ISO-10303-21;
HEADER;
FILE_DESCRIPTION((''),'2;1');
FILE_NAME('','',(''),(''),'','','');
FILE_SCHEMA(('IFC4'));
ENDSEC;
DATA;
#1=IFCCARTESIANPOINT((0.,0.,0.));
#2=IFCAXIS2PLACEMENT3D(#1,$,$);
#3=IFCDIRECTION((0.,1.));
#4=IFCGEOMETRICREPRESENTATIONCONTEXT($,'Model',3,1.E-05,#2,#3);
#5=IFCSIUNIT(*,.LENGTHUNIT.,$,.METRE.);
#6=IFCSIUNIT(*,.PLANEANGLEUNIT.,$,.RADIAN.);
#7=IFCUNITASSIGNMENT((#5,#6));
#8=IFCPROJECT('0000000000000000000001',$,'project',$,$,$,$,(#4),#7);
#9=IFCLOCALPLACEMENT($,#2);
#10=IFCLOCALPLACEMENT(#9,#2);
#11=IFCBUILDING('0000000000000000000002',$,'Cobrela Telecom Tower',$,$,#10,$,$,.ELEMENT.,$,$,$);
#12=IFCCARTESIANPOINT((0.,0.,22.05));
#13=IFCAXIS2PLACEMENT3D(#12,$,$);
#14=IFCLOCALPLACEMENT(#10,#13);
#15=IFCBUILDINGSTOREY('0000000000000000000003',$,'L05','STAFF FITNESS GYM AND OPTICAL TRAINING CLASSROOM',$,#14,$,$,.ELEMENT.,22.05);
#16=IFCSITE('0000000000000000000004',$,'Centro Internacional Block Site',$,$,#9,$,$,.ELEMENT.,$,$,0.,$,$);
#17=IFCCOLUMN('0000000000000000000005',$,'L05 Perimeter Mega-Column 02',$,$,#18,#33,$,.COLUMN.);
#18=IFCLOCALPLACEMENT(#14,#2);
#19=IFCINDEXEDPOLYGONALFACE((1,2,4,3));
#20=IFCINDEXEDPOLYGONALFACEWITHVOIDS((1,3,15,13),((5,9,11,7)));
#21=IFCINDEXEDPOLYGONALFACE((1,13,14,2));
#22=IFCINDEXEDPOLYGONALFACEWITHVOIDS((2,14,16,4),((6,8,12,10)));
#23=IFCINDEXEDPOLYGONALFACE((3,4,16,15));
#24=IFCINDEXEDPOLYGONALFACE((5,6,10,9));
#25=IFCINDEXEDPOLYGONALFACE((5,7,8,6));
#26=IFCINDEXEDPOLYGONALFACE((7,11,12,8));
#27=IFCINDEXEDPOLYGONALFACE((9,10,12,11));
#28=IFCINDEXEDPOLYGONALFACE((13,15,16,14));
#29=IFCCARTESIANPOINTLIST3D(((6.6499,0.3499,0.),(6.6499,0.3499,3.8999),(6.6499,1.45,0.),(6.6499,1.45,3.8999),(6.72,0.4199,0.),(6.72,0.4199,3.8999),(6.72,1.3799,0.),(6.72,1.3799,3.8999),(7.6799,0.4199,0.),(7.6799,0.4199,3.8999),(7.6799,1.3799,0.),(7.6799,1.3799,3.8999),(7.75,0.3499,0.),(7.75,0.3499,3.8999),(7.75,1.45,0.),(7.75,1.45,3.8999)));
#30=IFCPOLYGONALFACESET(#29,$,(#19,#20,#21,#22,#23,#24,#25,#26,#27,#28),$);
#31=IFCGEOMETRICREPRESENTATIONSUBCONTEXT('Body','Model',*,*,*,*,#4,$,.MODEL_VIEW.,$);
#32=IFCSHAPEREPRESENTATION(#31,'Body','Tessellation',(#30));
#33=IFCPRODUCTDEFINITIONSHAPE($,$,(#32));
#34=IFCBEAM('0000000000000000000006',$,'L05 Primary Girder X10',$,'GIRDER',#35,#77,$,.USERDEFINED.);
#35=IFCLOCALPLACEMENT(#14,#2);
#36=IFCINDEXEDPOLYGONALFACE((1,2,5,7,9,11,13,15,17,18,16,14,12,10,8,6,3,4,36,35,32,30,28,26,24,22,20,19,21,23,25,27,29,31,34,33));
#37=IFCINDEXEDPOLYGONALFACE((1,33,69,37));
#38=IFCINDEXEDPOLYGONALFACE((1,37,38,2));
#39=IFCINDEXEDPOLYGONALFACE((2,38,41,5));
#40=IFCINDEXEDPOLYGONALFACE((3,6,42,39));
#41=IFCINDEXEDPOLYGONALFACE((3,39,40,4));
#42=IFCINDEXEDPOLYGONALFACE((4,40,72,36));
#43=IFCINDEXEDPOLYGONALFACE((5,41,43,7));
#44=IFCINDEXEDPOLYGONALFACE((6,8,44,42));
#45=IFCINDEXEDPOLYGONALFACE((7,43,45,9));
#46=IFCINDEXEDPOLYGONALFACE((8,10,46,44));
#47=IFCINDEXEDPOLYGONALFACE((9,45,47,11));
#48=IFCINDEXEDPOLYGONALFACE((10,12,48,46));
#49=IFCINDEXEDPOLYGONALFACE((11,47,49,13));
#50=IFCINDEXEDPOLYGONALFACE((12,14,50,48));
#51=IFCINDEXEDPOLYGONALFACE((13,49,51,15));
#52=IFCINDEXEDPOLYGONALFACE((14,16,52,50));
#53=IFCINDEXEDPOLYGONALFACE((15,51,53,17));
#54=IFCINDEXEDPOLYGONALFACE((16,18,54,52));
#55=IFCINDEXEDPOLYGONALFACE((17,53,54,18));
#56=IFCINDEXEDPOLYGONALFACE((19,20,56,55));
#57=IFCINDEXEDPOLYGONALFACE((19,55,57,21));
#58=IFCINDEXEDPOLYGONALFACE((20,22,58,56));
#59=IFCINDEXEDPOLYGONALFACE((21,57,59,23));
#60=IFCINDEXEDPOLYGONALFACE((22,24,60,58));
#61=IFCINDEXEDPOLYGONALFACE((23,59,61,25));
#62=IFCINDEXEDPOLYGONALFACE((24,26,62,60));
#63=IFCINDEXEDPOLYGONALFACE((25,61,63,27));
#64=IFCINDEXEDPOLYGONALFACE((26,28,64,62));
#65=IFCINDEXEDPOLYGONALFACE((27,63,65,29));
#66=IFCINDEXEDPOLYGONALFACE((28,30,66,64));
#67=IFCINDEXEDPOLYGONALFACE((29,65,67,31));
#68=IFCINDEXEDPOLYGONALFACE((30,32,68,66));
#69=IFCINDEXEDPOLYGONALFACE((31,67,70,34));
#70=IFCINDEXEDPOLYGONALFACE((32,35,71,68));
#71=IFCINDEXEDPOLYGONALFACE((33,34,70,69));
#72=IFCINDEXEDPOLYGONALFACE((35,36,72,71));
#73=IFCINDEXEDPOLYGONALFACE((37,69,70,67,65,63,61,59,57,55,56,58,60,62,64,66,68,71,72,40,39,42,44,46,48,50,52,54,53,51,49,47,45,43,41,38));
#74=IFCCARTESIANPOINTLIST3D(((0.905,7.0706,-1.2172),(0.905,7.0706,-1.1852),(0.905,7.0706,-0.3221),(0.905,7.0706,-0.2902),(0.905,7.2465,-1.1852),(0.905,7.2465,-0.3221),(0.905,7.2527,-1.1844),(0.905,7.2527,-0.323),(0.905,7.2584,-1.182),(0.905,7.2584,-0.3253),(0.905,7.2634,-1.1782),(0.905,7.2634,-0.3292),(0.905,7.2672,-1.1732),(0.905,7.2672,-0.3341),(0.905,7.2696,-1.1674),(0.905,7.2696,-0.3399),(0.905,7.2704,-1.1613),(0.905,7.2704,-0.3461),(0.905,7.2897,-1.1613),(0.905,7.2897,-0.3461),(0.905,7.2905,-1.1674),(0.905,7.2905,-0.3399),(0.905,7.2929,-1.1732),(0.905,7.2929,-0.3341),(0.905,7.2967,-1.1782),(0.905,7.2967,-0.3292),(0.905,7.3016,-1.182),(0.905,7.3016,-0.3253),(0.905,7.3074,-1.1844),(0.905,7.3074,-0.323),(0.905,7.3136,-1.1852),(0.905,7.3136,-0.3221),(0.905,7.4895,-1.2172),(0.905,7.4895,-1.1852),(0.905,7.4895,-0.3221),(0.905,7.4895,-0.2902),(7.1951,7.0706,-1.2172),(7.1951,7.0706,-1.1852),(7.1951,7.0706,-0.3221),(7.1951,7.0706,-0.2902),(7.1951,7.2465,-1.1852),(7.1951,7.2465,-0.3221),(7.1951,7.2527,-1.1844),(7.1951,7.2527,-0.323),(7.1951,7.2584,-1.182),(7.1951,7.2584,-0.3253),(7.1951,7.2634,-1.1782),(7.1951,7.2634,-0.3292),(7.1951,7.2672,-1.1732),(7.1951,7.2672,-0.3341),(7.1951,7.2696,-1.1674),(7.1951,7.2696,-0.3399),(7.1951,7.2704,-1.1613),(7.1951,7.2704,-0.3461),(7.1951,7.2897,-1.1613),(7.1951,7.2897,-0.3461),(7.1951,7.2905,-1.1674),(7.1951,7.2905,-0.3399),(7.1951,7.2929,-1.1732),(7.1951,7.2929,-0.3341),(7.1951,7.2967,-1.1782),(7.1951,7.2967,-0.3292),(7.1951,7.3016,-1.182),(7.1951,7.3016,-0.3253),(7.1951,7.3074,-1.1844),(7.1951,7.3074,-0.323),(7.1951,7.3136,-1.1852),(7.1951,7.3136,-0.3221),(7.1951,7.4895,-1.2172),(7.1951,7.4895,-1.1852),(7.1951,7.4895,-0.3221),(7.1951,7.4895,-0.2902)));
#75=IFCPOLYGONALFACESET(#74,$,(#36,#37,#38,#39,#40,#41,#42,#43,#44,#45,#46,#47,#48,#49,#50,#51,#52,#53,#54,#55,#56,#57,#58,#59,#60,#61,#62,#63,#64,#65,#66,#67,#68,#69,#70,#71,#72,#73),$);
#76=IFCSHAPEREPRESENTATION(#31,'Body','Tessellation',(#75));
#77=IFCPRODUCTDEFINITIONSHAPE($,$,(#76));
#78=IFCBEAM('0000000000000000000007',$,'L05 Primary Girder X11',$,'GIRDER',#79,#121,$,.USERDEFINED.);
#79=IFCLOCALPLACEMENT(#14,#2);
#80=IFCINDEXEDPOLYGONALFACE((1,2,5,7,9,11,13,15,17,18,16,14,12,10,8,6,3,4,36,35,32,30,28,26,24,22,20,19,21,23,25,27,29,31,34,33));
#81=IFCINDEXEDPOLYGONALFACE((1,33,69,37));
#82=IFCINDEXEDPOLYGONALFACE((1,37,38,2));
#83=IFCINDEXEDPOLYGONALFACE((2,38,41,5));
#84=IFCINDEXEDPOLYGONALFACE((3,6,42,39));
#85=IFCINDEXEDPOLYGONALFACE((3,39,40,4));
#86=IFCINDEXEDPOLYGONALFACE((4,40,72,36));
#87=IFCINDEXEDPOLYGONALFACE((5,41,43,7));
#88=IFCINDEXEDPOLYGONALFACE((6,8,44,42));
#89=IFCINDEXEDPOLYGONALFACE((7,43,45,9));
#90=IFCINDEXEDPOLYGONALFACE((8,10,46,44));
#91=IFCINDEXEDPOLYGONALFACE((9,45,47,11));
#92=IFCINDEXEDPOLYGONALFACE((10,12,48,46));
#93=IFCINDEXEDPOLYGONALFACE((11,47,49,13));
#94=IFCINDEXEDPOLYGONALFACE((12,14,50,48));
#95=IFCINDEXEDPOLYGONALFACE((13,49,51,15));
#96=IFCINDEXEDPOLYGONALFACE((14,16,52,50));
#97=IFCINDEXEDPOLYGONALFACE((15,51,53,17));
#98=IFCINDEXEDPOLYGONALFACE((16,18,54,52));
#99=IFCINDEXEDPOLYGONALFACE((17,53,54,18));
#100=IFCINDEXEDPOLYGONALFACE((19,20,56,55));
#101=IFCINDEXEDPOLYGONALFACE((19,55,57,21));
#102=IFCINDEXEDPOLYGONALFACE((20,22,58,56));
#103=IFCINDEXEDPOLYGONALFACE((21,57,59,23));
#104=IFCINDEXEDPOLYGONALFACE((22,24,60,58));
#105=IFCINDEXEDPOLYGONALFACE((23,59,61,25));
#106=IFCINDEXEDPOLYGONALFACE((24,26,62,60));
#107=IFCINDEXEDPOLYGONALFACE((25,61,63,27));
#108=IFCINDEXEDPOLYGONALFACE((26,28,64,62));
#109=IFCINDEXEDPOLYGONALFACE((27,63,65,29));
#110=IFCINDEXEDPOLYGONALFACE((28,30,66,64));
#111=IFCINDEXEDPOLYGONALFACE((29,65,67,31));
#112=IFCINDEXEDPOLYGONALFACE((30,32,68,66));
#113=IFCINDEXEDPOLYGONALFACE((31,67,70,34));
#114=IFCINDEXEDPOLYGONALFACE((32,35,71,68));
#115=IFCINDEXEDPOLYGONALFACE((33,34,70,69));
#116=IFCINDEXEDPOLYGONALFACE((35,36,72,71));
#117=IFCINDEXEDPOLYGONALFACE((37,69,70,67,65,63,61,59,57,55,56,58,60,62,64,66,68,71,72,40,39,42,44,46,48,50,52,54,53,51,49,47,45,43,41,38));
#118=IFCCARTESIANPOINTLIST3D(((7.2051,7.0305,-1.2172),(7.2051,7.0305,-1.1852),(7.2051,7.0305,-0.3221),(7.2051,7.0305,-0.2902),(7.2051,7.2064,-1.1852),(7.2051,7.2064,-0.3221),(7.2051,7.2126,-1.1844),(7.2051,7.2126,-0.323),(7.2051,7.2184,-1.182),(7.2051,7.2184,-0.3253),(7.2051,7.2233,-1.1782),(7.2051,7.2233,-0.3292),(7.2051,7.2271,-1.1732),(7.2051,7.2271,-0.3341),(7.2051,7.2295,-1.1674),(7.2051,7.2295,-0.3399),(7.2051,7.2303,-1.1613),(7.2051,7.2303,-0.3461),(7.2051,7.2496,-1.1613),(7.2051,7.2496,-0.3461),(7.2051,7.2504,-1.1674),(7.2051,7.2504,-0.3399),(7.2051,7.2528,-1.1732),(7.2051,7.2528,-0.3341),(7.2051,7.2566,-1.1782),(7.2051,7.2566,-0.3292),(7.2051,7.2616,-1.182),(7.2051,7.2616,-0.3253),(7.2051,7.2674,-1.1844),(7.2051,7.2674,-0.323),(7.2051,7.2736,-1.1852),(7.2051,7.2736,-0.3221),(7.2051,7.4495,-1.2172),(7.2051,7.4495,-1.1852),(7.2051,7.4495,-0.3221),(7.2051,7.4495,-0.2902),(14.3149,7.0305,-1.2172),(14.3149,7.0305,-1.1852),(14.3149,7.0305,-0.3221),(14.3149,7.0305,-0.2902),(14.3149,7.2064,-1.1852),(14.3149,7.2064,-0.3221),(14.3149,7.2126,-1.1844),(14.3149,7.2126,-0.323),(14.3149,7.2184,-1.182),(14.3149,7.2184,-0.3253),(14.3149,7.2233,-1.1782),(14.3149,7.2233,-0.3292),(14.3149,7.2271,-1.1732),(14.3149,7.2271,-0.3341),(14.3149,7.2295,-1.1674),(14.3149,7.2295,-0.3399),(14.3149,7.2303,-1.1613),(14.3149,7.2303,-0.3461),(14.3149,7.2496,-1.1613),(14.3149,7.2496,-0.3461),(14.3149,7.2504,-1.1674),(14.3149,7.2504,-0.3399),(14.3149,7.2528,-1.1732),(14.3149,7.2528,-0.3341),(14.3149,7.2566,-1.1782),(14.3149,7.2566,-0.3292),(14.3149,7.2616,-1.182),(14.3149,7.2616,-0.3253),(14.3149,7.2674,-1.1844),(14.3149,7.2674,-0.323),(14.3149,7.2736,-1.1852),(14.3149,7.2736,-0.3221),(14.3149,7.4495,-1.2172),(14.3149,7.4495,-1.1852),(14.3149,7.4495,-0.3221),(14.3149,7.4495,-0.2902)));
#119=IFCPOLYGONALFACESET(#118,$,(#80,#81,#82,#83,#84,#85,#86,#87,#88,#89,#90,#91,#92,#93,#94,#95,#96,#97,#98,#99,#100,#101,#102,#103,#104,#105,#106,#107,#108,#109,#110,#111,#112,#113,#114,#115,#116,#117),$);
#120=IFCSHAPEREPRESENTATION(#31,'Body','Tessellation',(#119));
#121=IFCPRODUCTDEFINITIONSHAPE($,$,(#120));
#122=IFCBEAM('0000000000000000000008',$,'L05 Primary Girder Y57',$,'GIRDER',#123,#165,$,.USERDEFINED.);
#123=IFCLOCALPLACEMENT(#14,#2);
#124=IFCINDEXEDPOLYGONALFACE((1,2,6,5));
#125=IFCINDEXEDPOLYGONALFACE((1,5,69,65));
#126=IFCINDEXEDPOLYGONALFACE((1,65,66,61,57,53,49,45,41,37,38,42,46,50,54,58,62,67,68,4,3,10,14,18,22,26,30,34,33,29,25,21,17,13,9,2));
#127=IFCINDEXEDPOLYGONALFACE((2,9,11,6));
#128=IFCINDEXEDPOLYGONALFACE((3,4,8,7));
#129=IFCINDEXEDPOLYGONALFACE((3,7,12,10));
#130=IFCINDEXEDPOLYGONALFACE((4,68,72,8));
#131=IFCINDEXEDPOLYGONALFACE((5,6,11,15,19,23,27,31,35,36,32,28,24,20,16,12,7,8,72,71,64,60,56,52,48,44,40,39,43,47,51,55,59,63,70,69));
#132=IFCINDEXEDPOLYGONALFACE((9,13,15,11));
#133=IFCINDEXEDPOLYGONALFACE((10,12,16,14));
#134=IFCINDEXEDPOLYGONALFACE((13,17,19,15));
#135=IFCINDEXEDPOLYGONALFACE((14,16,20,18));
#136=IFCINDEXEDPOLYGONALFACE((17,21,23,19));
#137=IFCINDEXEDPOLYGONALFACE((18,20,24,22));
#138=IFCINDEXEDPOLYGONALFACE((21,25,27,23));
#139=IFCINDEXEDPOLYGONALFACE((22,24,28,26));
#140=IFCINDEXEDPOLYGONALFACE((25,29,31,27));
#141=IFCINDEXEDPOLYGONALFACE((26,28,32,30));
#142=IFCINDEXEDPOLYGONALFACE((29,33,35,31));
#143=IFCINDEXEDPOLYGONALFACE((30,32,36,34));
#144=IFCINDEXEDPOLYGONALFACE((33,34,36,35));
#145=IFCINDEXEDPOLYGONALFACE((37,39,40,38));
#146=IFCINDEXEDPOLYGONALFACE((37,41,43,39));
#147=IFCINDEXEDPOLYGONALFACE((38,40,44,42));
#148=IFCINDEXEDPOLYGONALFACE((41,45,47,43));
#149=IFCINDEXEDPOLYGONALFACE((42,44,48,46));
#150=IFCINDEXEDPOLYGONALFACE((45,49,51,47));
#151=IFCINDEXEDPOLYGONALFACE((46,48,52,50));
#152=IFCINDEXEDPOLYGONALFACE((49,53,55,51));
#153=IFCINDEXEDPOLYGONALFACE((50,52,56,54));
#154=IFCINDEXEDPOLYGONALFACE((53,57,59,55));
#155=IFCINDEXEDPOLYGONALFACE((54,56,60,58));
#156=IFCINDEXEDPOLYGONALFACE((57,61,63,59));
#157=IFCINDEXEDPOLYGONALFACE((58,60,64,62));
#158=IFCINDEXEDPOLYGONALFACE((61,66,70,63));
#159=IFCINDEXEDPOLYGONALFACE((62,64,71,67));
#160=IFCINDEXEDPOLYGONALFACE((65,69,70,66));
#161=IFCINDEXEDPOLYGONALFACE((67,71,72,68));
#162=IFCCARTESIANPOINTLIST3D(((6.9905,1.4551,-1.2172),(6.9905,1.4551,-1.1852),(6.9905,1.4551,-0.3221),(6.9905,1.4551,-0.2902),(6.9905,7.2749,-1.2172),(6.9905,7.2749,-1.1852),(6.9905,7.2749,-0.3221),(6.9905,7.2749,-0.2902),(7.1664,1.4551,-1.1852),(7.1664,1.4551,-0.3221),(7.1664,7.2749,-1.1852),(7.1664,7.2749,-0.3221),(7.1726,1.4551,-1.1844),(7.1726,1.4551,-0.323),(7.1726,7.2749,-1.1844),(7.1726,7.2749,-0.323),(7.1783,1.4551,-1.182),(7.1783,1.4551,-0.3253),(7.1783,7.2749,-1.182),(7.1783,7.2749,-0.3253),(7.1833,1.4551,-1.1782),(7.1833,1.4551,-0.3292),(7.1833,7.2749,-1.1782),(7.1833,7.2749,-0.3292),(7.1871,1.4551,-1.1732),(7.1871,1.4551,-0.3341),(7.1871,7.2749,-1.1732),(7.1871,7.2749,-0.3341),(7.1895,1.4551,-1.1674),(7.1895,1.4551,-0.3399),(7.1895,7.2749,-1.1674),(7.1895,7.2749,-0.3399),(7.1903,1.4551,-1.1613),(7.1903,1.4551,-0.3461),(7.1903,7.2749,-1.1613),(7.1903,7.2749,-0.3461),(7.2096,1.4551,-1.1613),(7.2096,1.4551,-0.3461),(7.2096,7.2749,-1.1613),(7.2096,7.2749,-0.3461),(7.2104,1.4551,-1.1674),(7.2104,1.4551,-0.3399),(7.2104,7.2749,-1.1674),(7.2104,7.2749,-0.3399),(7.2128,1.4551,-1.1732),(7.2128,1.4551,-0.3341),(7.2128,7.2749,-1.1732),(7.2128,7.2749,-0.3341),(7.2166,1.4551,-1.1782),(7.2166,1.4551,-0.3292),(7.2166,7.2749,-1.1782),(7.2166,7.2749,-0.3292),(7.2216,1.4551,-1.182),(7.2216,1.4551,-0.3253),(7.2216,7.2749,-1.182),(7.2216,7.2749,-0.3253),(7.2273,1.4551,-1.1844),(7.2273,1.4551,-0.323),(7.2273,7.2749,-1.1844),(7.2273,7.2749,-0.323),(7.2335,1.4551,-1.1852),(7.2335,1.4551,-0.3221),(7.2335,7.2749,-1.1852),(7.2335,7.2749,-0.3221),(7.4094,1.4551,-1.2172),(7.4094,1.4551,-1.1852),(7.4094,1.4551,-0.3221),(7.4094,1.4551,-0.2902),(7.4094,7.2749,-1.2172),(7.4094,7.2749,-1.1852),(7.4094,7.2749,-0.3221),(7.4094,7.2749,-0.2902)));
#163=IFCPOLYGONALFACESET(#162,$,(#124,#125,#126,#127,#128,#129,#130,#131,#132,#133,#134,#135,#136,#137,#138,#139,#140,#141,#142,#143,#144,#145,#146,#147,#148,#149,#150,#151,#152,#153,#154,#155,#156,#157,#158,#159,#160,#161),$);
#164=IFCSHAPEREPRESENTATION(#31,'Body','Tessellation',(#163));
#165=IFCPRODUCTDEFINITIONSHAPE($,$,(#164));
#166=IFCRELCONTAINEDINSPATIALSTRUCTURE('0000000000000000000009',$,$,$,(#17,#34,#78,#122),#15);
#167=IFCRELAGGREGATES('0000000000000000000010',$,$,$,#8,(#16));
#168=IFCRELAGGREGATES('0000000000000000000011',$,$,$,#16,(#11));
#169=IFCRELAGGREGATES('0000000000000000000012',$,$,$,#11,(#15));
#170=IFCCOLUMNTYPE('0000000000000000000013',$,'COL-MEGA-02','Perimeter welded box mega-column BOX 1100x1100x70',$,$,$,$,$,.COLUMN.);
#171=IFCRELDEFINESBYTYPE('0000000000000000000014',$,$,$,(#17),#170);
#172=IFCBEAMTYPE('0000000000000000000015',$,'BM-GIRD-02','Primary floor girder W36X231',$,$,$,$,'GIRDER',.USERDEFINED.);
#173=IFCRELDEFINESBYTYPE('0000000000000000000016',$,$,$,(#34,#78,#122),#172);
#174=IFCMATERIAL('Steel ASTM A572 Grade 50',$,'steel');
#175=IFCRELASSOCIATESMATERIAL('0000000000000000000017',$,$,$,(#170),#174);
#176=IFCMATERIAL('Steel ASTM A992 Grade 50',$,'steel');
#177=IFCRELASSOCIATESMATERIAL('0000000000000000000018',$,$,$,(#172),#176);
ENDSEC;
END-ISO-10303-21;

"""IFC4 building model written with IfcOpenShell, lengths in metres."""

from ifc_helpers import new_model, si_unit, direction, frame, origin, origin_2d, place, context, subcontext, project, spatial, hollow_rectangle, i_section, extrude, material, material_profile, profile_set, type_object, element, save


model = new_model("IFC4")

# Units and contexts
model_context = context("Model", 3, precision=1e-05, world=origin(), true_north=direction((0.0, 1.0)))
body_context = subcontext(model_context, "Body", "Model", "MODEL_VIEW")
ifc_project = project(units=[si_unit("LENGTHUNIT", "METRE"), si_unit("PLANEANGLEUNIT", "RADIAN")], contexts=[model_context])

# Site, building, storey
site_placement = place(None, origin())
site = spatial("IfcSite", under=ifc_project, at=site_placement, Name="Centro Internacional Block Site", CompositionType="ELEMENT", RefElevation=0.0)
building_placement = place(site_placement, origin())
building = spatial("IfcBuilding", under=site, at=building_placement, Name="Cobrela Telecom Tower", CompositionType="ELEMENT")
storey_placement = place(building_placement, frame((0.0, 0.0, 22.05)))
storey = spatial("IfcBuildingStorey", under=building, at=storey_placement, Name="L05", Description="STAFF FITNESS GYM AND OPTICAL TRAINING CLASSROOM", CompositionType="ELEMENT", Elevation=22.05)

# Column
ifc_material_1 = material(Name="Steel ASTM A572 Grade 50", Category="steel")
ifc_material_profile_1 = material_profile(ifc_material_1, hollow_rectangle(XDim=1.1001, YDim=1.1001, WallThickness=0.0701, at=origin_2d()), Name="BOX 1100x1100x70")
ifc_profile_set_1 = profile_set([ifc_material_profile_1], Name="Steel ASTM A572 Grade 50")
column_type = type_object("IfcColumnType", Name="COL-MEGA-02", Description="Perimeter welded box mega-column BOX 1100x1100x70", PredefinedType="COLUMN", material=ifc_profile_set_1)
column_placement = place(storey_placement, frame((7.2, 0.8999, 0.0), z_axis=(0.0, 0.0, 1.0), x_axis=(1.0, 0.0, 0.0)))
element("IfcColumn", 1, at=column_placement, inside=storey, type_object=column_type, Name="L05 Perimeter Mega-Column 02", PredefinedType="COLUMN", context=body_context, shape_type="SweptSolid", body=[
    extrude(hollow_rectangle(XDim=1.1001, YDim=1.1001, WallThickness=0.0701, at=origin_2d()), origin(), (0.0, 0.0, 1.0), 3.8999),
])

# Beams
ifc_material_2 = material(Name="Steel ASTM A992 Grade 50", Category="steel")
ifc_material_profile_2 = material_profile(ifc_material_2, i_section(OverallWidth=0.4189, OverallDepth=0.927, WebThickness=0.0193, FlangeThickness=0.032, FilletRadius=0.0239, at=origin_2d()), Name="W36X231")
ifc_profile_set_2 = profile_set([ifc_material_profile_2], Name="Steel ASTM A992 Grade 50")
beam_type_1 = type_object("IfcBeamType", Name="BM-GIRD-02", Description="Primary floor girder W36X231", ElementType="GIRDER", PredefinedType="USERDEFINED", material=ifc_profile_set_2)
beam_1_placement = place(storey_placement, frame((0.905, 7.28, -0.7537), z_axis=(1.0, 0.0, 0.0), x_axis=(0.0, 1.0, 0.0)))
element("IfcBeam", 2, at=beam_1_placement, inside=storey, type_object=beam_type_1, Name="L05 Primary Girder X10", ObjectType="GIRDER", PredefinedType="USERDEFINED", context=body_context, shape_type="SweptSolid", body=[
    extrude(i_section(OverallWidth=0.4189, OverallDepth=0.927, WebThickness=0.0193, FlangeThickness=0.032, FilletRadius=0.0239, at=origin_2d()), origin(), (0.0, 0.0, 1.0), 6.29),
])
beam_2_placement = place(storey_placement, frame((7.2051, 7.24, -0.7537), z_axis=(1.0, 0.0, 0.0), x_axis=(0.0, 1.0, 0.0)))
element("IfcBeam", 3, at=beam_2_placement, inside=storey, type_object=beam_type_1, Name="L05 Primary Girder X11", ObjectType="GIRDER", PredefinedType="USERDEFINED", context=body_context, shape_type="SweptSolid", body=[
    extrude(i_section(OverallWidth=0.4189, OverallDepth=0.927, WebThickness=0.0193, FlangeThickness=0.032, FilletRadius=0.0239, at=origin_2d()), origin(), (0.0, 0.0, 1.0), 7.1099),
])
beam_3_placement = place(storey_placement, frame((7.2, 1.4551, -0.7537), z_axis=(0.0, 1.0, 0.0), x_axis=(-1.0, 0.0, 0.0)))
element("IfcBeam", 4, at=beam_3_placement, inside=storey, type_object=beam_type_1, Name="L05 Primary Girder Y57", ObjectType="GIRDER", PredefinedType="USERDEFINED", context=body_context, shape_type="SweptSolid", body=[
    extrude(i_section(OverallWidth=0.4189, OverallDepth=0.927, WebThickness=0.0193, FlangeThickness=0.032, FilletRadius=0.0239, at=origin_2d()), origin(), (0.0, 0.0, 1.0), 5.8198),
])

save(model, "model.ifc")
